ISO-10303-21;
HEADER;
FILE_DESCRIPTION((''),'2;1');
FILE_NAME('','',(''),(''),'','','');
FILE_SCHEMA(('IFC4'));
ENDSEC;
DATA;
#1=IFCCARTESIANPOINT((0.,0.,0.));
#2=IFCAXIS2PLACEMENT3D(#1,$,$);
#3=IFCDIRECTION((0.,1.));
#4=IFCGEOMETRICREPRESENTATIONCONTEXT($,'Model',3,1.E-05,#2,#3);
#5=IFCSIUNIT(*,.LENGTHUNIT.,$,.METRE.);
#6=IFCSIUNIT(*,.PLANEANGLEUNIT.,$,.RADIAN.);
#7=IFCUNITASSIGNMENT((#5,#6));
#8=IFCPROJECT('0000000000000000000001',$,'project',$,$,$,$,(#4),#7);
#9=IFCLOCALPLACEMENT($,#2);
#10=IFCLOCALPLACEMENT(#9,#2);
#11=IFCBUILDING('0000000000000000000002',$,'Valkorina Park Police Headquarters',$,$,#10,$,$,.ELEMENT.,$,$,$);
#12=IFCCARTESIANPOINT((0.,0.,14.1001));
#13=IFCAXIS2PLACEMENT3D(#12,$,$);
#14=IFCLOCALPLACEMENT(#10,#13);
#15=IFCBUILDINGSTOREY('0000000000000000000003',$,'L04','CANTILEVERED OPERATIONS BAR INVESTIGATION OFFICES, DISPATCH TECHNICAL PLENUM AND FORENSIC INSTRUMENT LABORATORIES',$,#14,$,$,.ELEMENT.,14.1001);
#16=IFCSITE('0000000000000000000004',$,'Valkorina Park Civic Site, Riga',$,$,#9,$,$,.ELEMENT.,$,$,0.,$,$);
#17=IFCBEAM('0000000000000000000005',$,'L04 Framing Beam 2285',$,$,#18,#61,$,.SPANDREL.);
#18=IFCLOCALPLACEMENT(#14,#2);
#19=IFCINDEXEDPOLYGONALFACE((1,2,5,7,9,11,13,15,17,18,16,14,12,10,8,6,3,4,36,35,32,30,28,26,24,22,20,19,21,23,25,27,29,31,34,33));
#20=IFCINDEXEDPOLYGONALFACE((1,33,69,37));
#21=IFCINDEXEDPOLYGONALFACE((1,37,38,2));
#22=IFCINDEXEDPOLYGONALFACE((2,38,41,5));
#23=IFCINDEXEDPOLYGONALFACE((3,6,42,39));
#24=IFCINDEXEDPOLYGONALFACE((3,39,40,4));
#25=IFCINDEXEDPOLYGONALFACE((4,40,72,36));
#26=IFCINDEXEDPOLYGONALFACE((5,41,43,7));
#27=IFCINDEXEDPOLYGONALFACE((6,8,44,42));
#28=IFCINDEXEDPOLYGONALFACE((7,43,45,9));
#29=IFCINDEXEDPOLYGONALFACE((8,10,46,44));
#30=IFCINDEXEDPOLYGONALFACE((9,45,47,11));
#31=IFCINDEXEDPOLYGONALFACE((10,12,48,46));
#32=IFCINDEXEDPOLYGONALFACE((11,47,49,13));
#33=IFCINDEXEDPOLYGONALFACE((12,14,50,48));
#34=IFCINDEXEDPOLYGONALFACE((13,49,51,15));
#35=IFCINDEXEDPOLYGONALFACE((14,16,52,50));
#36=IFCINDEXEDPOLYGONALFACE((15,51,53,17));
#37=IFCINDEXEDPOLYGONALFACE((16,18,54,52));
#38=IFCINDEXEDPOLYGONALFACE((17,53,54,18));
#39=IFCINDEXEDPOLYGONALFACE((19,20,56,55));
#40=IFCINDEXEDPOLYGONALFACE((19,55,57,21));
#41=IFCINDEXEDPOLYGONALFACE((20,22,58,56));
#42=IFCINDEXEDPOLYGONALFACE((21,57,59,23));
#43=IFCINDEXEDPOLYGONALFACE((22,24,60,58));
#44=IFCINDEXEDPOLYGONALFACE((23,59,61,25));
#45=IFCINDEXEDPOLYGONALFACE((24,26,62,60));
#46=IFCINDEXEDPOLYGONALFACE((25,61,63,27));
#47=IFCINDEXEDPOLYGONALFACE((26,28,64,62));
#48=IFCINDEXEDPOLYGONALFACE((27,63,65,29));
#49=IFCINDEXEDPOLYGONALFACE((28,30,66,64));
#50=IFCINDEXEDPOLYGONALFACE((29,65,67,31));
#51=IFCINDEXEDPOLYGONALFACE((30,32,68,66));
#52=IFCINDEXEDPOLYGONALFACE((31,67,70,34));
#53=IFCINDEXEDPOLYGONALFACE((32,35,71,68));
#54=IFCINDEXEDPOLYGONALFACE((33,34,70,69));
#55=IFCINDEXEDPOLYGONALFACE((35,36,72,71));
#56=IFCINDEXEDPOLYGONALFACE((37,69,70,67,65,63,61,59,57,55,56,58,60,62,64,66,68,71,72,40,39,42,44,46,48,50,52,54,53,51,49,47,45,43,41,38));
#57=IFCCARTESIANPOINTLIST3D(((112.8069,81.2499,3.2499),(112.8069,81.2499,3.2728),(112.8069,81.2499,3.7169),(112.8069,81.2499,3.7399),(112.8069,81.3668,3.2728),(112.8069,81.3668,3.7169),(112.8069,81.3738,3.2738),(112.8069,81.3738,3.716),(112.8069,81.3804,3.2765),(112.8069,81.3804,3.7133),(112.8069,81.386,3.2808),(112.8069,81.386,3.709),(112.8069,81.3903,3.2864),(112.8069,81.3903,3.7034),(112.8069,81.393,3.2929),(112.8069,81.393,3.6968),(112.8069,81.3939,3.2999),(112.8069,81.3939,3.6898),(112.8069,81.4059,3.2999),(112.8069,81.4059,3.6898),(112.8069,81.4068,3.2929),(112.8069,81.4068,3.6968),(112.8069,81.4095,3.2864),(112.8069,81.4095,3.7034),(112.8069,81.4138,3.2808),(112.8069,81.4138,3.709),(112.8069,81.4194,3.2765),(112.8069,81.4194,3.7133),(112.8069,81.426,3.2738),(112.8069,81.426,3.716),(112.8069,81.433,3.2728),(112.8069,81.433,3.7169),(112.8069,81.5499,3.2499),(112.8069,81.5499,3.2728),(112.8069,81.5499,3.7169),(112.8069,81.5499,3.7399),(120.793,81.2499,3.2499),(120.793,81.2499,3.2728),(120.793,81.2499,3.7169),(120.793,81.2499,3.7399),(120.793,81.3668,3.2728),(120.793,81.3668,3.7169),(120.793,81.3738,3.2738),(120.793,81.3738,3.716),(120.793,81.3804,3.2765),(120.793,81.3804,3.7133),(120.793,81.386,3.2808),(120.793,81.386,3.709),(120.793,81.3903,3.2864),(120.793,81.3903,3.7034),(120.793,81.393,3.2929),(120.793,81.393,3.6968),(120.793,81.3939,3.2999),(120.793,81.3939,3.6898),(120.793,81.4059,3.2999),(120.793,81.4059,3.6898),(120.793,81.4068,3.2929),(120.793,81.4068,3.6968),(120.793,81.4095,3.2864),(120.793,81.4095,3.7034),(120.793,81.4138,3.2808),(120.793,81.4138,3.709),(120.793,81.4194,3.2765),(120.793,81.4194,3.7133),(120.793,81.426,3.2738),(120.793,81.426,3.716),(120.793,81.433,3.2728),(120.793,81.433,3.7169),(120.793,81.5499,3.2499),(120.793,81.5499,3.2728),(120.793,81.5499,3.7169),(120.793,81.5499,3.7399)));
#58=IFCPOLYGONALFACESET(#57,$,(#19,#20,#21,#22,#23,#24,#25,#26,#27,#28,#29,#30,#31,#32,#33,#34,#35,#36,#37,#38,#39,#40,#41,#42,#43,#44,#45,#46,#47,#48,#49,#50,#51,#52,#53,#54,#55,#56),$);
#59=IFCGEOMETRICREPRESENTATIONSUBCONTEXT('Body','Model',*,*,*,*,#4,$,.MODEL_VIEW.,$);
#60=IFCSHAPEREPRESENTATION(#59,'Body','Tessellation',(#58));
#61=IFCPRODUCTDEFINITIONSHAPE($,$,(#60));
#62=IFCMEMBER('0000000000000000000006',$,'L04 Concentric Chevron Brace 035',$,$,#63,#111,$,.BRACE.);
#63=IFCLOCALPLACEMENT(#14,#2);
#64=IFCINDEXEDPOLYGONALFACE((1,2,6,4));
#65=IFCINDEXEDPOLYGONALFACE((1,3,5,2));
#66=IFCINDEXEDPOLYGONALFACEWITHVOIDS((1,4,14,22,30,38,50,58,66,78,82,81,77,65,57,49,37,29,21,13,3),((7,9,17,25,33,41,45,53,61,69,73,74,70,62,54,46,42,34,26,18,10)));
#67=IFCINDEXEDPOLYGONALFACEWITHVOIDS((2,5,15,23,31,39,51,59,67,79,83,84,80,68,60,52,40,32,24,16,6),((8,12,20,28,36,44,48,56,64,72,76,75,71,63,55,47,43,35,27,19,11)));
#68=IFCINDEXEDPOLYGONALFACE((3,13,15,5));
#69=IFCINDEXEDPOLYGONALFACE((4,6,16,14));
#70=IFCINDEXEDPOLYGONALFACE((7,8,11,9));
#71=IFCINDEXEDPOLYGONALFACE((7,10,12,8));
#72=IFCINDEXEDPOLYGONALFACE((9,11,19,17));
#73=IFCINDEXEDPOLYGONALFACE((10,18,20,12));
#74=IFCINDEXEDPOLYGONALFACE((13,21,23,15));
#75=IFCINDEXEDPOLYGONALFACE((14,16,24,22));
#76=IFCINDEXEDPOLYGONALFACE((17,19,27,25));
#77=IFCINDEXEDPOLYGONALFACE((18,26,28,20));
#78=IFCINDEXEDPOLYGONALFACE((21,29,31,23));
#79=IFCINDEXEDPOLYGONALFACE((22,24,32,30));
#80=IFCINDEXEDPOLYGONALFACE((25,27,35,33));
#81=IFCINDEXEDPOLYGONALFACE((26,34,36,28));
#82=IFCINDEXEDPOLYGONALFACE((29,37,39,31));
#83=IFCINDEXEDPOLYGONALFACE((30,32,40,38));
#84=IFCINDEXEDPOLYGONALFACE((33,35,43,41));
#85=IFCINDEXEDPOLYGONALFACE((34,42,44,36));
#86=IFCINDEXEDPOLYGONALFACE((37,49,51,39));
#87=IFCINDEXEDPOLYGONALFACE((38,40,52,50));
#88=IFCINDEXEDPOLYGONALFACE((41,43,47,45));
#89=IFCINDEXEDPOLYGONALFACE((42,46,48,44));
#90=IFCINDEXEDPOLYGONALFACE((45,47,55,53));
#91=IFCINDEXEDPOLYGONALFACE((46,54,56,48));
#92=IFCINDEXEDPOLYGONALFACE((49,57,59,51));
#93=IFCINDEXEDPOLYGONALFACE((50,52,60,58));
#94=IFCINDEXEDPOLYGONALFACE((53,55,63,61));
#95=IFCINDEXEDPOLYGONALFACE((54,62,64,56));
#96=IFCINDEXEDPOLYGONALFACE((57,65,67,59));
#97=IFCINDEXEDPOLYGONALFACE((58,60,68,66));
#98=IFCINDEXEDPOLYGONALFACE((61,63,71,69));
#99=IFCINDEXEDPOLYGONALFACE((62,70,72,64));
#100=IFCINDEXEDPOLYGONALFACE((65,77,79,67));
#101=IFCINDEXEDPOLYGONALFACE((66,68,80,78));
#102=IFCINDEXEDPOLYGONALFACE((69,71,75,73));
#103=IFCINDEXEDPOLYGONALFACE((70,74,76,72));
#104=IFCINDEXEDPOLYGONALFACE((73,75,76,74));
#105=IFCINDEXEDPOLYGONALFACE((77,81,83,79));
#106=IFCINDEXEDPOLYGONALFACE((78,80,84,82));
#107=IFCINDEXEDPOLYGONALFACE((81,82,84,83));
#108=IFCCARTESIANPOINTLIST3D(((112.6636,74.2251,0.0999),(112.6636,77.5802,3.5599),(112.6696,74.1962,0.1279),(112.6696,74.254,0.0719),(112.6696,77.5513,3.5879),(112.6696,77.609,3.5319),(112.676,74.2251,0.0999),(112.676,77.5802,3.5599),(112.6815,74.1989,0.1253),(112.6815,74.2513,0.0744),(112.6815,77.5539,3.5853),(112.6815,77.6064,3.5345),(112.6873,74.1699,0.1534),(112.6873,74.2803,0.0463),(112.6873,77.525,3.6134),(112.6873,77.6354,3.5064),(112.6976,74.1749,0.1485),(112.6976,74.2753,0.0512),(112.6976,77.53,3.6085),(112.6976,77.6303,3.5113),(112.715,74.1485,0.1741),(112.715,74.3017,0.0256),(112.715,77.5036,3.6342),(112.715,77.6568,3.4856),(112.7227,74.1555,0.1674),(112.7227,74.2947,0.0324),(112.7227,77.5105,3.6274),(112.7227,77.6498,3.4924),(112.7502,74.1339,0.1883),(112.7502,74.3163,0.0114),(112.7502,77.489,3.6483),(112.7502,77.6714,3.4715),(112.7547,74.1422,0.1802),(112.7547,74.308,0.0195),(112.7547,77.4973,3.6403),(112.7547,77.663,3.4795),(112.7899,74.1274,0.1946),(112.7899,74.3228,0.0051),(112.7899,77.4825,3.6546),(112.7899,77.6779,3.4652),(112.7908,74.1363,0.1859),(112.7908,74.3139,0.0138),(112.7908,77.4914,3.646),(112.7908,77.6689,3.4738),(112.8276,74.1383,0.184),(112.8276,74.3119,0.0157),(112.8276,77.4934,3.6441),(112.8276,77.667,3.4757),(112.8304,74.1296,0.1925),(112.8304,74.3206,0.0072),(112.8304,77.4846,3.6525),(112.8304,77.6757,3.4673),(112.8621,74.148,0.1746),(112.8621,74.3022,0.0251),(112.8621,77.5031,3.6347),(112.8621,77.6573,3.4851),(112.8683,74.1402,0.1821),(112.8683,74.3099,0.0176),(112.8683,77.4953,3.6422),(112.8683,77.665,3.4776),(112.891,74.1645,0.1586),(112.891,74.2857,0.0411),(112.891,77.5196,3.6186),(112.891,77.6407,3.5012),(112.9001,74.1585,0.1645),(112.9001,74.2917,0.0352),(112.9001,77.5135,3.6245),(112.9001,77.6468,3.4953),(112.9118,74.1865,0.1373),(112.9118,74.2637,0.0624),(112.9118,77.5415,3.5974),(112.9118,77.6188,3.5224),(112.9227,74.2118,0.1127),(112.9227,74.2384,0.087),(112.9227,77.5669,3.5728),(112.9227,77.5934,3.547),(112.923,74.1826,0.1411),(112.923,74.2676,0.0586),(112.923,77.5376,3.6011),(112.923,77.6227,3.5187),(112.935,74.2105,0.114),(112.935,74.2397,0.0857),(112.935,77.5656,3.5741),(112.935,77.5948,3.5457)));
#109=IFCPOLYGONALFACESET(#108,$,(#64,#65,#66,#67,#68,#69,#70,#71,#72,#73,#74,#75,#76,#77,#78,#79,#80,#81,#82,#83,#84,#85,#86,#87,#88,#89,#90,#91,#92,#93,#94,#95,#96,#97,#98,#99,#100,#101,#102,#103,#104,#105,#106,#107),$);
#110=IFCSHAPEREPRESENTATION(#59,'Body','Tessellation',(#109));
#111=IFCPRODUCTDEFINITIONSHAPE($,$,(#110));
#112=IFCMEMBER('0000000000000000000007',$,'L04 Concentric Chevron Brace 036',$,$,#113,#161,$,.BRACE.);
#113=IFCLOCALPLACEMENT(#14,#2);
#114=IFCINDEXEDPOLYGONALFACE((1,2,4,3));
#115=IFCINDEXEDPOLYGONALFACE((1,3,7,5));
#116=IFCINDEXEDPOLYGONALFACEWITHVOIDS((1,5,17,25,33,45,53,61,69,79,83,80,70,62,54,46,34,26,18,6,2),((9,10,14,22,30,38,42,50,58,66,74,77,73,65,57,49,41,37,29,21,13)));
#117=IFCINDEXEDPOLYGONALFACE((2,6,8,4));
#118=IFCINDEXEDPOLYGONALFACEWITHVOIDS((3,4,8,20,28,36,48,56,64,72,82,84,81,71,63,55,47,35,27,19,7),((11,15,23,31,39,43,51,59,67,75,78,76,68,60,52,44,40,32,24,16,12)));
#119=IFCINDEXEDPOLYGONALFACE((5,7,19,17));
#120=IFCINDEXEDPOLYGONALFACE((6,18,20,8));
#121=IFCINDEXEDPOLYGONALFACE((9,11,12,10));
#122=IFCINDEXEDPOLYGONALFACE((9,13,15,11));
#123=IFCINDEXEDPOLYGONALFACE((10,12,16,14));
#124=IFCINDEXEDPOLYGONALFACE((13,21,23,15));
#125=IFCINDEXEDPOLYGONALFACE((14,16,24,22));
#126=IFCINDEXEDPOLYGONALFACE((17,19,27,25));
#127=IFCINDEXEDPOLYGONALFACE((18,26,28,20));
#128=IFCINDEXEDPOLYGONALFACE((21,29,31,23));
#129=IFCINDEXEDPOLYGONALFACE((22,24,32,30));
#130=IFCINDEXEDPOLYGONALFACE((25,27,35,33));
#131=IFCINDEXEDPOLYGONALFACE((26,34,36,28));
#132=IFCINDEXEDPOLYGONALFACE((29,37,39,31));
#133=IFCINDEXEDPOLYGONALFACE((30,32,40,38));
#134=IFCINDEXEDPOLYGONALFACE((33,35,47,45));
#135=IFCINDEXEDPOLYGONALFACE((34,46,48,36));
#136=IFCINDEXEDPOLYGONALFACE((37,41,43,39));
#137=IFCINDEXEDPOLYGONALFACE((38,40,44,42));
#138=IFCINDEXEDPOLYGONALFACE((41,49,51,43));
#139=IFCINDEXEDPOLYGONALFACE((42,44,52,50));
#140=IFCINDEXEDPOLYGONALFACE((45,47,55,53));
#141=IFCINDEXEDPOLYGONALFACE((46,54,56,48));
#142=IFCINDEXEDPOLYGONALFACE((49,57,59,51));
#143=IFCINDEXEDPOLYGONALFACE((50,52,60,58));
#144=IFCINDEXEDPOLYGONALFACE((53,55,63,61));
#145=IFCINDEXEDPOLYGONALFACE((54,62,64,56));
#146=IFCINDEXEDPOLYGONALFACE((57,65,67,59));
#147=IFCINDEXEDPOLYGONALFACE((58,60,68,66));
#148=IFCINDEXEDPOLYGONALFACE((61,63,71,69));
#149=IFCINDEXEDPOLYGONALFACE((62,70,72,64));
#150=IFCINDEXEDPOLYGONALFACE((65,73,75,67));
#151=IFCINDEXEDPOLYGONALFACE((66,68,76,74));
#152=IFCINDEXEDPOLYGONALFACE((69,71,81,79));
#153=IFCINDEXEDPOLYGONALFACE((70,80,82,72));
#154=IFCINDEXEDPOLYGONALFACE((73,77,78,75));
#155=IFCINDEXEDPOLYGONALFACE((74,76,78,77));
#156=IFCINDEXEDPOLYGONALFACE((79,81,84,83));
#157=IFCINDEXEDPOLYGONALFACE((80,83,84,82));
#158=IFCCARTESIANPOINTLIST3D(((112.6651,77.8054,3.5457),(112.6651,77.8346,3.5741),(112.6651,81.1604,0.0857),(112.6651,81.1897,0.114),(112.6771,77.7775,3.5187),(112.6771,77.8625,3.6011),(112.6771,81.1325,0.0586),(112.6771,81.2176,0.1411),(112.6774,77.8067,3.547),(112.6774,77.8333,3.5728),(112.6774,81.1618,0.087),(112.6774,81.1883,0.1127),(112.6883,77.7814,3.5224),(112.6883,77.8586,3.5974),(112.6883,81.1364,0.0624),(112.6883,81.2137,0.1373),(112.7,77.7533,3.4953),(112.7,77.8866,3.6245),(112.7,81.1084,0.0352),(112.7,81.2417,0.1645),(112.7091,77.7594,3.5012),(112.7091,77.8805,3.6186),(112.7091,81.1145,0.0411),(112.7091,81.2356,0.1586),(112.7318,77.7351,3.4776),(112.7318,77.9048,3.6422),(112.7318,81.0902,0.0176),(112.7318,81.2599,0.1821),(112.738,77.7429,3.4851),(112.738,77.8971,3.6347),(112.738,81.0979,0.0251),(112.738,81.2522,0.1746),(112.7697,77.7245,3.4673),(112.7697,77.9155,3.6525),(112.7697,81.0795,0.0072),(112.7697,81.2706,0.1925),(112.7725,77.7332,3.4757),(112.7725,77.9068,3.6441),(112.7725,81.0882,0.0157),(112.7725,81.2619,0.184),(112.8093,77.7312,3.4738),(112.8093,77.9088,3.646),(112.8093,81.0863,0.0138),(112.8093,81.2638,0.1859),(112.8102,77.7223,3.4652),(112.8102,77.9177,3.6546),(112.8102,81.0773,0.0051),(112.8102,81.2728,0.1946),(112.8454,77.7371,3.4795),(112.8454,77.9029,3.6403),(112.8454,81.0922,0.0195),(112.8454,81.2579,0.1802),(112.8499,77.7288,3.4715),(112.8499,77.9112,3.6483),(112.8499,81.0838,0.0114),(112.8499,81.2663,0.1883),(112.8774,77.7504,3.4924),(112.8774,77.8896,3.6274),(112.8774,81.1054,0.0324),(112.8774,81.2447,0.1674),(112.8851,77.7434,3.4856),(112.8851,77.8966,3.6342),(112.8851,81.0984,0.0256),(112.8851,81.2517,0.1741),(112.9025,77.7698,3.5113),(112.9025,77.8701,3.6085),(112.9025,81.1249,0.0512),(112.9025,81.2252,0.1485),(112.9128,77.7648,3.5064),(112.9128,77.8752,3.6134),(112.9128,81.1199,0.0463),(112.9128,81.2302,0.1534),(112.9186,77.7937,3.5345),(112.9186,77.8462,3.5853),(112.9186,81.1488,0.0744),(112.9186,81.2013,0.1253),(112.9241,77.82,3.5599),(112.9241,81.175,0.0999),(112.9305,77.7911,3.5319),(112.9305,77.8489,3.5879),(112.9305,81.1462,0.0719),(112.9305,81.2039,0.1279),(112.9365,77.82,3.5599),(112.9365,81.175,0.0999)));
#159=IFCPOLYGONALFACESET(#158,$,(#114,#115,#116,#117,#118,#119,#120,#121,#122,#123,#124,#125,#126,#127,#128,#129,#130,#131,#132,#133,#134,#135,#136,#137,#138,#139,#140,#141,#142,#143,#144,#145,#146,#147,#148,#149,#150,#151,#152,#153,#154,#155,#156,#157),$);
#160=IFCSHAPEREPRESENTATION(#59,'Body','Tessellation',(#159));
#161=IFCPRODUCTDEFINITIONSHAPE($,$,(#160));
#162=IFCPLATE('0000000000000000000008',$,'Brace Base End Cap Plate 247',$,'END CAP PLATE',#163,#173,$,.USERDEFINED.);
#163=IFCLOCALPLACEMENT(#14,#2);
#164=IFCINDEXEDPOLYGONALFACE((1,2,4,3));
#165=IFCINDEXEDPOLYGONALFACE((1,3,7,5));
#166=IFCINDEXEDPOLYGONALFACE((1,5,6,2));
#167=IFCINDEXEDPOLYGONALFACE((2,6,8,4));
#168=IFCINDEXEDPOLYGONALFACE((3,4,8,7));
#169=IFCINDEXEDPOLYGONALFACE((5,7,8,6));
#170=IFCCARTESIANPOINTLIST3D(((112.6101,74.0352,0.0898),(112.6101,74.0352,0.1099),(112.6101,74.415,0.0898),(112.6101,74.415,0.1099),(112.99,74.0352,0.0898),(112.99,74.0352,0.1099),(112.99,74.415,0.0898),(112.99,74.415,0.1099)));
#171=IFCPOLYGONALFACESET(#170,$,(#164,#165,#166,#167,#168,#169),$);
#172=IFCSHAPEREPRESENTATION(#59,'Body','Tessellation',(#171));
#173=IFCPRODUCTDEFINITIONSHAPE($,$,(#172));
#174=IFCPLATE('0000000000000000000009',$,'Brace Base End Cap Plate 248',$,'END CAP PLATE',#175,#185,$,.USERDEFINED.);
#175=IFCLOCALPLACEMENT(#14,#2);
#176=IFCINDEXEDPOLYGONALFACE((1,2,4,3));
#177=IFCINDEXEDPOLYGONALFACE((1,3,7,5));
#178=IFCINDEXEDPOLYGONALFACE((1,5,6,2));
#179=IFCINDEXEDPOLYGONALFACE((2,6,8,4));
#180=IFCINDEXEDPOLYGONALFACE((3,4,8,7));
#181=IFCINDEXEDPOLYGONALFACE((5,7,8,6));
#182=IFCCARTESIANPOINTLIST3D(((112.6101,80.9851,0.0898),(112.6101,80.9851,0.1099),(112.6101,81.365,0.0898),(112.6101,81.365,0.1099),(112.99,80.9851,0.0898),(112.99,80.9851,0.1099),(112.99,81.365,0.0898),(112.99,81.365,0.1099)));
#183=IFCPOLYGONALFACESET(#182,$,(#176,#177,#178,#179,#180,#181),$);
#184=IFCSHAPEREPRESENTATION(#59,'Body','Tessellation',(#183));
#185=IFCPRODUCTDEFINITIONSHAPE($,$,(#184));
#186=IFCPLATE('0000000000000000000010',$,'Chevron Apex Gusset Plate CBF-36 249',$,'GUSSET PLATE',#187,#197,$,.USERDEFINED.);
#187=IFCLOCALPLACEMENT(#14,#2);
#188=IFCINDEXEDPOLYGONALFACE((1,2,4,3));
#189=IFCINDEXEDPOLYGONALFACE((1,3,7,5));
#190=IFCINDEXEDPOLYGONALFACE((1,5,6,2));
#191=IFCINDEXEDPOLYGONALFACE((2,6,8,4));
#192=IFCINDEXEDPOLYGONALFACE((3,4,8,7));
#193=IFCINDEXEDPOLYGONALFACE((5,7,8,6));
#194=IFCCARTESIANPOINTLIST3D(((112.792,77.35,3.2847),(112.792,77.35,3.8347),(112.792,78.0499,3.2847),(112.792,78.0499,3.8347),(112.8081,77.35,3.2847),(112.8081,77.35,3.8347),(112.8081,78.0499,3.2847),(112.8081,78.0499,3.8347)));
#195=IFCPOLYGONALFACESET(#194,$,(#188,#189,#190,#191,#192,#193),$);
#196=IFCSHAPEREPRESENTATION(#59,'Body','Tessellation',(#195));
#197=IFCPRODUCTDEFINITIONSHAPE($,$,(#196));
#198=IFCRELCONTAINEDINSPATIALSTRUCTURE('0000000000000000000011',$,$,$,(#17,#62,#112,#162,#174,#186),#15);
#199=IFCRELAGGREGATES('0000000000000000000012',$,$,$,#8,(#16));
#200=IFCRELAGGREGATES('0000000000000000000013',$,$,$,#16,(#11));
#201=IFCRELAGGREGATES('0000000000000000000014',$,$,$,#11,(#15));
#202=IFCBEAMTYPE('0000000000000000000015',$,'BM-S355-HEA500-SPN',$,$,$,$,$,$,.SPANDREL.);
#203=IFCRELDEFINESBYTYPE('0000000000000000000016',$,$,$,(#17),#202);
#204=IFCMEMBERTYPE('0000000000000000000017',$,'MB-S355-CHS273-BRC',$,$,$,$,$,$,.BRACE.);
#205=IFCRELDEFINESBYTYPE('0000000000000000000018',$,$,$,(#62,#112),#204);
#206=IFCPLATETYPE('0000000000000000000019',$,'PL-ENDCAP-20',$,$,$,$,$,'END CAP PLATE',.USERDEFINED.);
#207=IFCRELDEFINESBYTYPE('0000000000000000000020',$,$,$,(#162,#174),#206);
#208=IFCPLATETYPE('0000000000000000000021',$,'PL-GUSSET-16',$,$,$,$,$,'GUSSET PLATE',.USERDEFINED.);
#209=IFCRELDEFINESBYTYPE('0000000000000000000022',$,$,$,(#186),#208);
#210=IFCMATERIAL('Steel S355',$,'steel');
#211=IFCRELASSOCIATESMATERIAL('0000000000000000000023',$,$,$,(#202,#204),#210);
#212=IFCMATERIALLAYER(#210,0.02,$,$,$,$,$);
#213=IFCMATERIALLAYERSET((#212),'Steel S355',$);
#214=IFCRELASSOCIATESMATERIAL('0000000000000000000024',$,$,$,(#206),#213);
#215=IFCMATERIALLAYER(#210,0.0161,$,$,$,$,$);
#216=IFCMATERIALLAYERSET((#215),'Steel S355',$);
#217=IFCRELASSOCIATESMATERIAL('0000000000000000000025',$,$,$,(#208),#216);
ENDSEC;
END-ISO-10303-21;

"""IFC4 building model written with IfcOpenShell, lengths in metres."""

from ifc_helpers import new_model, si_unit, direction, frame, origin, origin_2d, place, context, subcontext, project, spatial, rectangle, hollow_circle, i_section, extrude, material, layer, layer_set, material_profile, profile_set, type_object, element, save


model = new_model("IFC4")

# Units and contexts
model_context = context("Model", 3, precision=1e-05, world=origin(), true_north=direction((0.0, 1.0)))
body_context = subcontext(model_context, "Body", "Model", "MODEL_VIEW")
ifc_project = project(units=[si_unit("LENGTHUNIT", "METRE"), si_unit("PLANEANGLEUNIT", "RADIAN")], contexts=[model_context])

# Site, building, storey
site_placement = place(None, origin())
site = spatial("IfcSite", under=ifc_project, at=site_placement, Name="Valkorina Park Civic Site, Riga", CompositionType="ELEMENT", RefElevation=0.0)
building_placement = place(site_placement, origin())
building = spatial("IfcBuilding", under=site, at=building_placement, Name="Valkorina Park Police Headquarters", CompositionType="ELEMENT")
storey_placement = place(building_placement, frame((0.0, 0.0, 14.1001)))
storey = spatial("IfcBuildingStorey", under=building, at=storey_placement, Name="L04", Description="CANTILEVERED OPERATIONS BAR INVESTIGATION OFFICES, DISPATCH TECHNICAL PLENUM AND FORENSIC INSTRUMENT LABORATORIES", CompositionType="ELEMENT", Elevation=14.1001)

# Shared definitions
ifc_material_1 = material(Name="Steel S355", Category="steel")

# Beam
ifc_material_profile_1 = material_profile(ifc_material_1, i_section(OverallWidth=0.3, OverallDepth=0.49, WebThickness=0.012, FlangeThickness=0.0229, FilletRadius=0.0271, at=origin_2d()), Name="HEA 500")
ifc_profile_set_1 = profile_set([ifc_material_profile_1], Name="Steel S355")
beam_type_1 = type_object("IfcBeamType", Name="BM-S355-HEA500-SPN", PredefinedType="SPANDREL", material=ifc_profile_set_1)
beam_1_placement = place(storey_placement, frame((112.8069, 81.3999, 3.4949), z_axis=(1.0, 0.0, 0.0), x_axis=(0.0, 1.0, 0.0)))
element("IfcBeam", 1, at=beam_1_placement, inside=storey, type_object=beam_type_1, Name="L04 Framing Beam 2285", PredefinedType="SPANDREL", context=body_context, shape_type="SweptSolid", body=[
    extrude(i_section(OverallWidth=0.3, OverallDepth=0.49, WebThickness=0.012, FlangeThickness=0.0229, FilletRadius=0.0271, at=origin_2d()), origin(), (0.0, 0.0, 1.0), 7.9861),
])

# Members
ifc_material_profile_2 = material_profile(ifc_material_1, hollow_circle(Radius=0.1365, WallThickness=0.0125, at=origin_2d()), Name="CHS 273x12.5")
ifc_profile_set_2 = profile_set([ifc_material_profile_2], Name="Steel S355")
member_type = type_object("IfcMemberType", Name="MB-S355-CHS273-BRC", PredefinedType="BRACE", material=ifc_profile_set_2)
for number, where, z_axis, x_axis, name in (
    (2, (112.8, 74.2251, 0.0999), (0.0, 0.696132, 0.717914), (-1.0, 0.0, 0.0), "L04 Concentric Chevron Brace 035"),
    (3, (112.8, 81.175, 0.0999), (0.0, -0.696132, 0.717914), (1.0, 0.0, 0.0), "L04 Concentric Chevron Brace 036"),
):
    element("IfcMember", number, at=place(storey_placement, frame(where, z_axis=z_axis, x_axis=x_axis)), inside=storey, type_object=member_type, Name=name, PredefinedType="BRACE", context=body_context, shape_type="SweptSolid", body=[
        extrude(hollow_circle(Radius=0.1365, WallThickness=0.0125, at=origin_2d()), origin(), (0.0, 0.0, 1.0), 4.8196),
    ])

# Plates
ifc_layer_1 = layer(ifc_material_1, 0.02)
ifc_layer_set_1 = layer_set([ifc_layer_1], Name="Steel S355")
plate_type_1 = type_object("IfcPlateType", Name="PL-ENDCAP-20", ElementType="END CAP PLATE", PredefinedType="USERDEFINED", material=ifc_layer_set_1)
for number, where, z_axis, x_axis, name in (
    (4, (112.8, 74.2251, 0.0898), (0.0, 0.0, 1.0), (1.0, 0.0, 0.0), "Brace Base End Cap Plate 247"),
    (5, (112.8, 81.175, 0.0898), (0.0, 0.0, 1.0), (1.0, 0.0, 0.0), "Brace Base End Cap Plate 248"),
):
    element("IfcPlate", number, at=place(storey_placement, frame(where, z_axis=z_axis, x_axis=x_axis)), inside=storey, type_object=plate_type_1, Name=name, ObjectType="END CAP PLATE", PredefinedType="USERDEFINED", context=body_context, shape_type="SweptSolid", body=[
        extrude(rectangle(XDim=0.3799, YDim=0.3799, at=origin_2d()), origin(), (0.0, 0.0, 1.0), 0.02),
    ])
ifc_layer_2 = layer(ifc_material_1, 0.0161)
ifc_layer_set_2 = layer_set([ifc_layer_2], Name="Steel S355")
plate_type_2 = type_object("IfcPlateType", Name="PL-GUSSET-16", ElementType="GUSSET PLATE", PredefinedType="USERDEFINED", material=ifc_layer_set_2)
plate_placement = place(storey_placement, frame((112.8, 77.7, 3.2847), z_axis=(0.0, 0.0, 1.0), x_axis=(1.0, 0.0, 0.0)))
element("IfcPlate", 6, at=plate_placement, inside=storey, type_object=plate_type_2, Name="Chevron Apex Gusset Plate CBF-36 249", ObjectType="GUSSET PLATE", PredefinedType="USERDEFINED", context=body_context, shape_type="SweptSolid", body=[
    extrude(rectangle(XDim=0.0161, YDim=0.7, at=origin_2d()), origin(), (0.0, 0.0, 1.0), 0.55),
])

save(model, "model.ifc")
